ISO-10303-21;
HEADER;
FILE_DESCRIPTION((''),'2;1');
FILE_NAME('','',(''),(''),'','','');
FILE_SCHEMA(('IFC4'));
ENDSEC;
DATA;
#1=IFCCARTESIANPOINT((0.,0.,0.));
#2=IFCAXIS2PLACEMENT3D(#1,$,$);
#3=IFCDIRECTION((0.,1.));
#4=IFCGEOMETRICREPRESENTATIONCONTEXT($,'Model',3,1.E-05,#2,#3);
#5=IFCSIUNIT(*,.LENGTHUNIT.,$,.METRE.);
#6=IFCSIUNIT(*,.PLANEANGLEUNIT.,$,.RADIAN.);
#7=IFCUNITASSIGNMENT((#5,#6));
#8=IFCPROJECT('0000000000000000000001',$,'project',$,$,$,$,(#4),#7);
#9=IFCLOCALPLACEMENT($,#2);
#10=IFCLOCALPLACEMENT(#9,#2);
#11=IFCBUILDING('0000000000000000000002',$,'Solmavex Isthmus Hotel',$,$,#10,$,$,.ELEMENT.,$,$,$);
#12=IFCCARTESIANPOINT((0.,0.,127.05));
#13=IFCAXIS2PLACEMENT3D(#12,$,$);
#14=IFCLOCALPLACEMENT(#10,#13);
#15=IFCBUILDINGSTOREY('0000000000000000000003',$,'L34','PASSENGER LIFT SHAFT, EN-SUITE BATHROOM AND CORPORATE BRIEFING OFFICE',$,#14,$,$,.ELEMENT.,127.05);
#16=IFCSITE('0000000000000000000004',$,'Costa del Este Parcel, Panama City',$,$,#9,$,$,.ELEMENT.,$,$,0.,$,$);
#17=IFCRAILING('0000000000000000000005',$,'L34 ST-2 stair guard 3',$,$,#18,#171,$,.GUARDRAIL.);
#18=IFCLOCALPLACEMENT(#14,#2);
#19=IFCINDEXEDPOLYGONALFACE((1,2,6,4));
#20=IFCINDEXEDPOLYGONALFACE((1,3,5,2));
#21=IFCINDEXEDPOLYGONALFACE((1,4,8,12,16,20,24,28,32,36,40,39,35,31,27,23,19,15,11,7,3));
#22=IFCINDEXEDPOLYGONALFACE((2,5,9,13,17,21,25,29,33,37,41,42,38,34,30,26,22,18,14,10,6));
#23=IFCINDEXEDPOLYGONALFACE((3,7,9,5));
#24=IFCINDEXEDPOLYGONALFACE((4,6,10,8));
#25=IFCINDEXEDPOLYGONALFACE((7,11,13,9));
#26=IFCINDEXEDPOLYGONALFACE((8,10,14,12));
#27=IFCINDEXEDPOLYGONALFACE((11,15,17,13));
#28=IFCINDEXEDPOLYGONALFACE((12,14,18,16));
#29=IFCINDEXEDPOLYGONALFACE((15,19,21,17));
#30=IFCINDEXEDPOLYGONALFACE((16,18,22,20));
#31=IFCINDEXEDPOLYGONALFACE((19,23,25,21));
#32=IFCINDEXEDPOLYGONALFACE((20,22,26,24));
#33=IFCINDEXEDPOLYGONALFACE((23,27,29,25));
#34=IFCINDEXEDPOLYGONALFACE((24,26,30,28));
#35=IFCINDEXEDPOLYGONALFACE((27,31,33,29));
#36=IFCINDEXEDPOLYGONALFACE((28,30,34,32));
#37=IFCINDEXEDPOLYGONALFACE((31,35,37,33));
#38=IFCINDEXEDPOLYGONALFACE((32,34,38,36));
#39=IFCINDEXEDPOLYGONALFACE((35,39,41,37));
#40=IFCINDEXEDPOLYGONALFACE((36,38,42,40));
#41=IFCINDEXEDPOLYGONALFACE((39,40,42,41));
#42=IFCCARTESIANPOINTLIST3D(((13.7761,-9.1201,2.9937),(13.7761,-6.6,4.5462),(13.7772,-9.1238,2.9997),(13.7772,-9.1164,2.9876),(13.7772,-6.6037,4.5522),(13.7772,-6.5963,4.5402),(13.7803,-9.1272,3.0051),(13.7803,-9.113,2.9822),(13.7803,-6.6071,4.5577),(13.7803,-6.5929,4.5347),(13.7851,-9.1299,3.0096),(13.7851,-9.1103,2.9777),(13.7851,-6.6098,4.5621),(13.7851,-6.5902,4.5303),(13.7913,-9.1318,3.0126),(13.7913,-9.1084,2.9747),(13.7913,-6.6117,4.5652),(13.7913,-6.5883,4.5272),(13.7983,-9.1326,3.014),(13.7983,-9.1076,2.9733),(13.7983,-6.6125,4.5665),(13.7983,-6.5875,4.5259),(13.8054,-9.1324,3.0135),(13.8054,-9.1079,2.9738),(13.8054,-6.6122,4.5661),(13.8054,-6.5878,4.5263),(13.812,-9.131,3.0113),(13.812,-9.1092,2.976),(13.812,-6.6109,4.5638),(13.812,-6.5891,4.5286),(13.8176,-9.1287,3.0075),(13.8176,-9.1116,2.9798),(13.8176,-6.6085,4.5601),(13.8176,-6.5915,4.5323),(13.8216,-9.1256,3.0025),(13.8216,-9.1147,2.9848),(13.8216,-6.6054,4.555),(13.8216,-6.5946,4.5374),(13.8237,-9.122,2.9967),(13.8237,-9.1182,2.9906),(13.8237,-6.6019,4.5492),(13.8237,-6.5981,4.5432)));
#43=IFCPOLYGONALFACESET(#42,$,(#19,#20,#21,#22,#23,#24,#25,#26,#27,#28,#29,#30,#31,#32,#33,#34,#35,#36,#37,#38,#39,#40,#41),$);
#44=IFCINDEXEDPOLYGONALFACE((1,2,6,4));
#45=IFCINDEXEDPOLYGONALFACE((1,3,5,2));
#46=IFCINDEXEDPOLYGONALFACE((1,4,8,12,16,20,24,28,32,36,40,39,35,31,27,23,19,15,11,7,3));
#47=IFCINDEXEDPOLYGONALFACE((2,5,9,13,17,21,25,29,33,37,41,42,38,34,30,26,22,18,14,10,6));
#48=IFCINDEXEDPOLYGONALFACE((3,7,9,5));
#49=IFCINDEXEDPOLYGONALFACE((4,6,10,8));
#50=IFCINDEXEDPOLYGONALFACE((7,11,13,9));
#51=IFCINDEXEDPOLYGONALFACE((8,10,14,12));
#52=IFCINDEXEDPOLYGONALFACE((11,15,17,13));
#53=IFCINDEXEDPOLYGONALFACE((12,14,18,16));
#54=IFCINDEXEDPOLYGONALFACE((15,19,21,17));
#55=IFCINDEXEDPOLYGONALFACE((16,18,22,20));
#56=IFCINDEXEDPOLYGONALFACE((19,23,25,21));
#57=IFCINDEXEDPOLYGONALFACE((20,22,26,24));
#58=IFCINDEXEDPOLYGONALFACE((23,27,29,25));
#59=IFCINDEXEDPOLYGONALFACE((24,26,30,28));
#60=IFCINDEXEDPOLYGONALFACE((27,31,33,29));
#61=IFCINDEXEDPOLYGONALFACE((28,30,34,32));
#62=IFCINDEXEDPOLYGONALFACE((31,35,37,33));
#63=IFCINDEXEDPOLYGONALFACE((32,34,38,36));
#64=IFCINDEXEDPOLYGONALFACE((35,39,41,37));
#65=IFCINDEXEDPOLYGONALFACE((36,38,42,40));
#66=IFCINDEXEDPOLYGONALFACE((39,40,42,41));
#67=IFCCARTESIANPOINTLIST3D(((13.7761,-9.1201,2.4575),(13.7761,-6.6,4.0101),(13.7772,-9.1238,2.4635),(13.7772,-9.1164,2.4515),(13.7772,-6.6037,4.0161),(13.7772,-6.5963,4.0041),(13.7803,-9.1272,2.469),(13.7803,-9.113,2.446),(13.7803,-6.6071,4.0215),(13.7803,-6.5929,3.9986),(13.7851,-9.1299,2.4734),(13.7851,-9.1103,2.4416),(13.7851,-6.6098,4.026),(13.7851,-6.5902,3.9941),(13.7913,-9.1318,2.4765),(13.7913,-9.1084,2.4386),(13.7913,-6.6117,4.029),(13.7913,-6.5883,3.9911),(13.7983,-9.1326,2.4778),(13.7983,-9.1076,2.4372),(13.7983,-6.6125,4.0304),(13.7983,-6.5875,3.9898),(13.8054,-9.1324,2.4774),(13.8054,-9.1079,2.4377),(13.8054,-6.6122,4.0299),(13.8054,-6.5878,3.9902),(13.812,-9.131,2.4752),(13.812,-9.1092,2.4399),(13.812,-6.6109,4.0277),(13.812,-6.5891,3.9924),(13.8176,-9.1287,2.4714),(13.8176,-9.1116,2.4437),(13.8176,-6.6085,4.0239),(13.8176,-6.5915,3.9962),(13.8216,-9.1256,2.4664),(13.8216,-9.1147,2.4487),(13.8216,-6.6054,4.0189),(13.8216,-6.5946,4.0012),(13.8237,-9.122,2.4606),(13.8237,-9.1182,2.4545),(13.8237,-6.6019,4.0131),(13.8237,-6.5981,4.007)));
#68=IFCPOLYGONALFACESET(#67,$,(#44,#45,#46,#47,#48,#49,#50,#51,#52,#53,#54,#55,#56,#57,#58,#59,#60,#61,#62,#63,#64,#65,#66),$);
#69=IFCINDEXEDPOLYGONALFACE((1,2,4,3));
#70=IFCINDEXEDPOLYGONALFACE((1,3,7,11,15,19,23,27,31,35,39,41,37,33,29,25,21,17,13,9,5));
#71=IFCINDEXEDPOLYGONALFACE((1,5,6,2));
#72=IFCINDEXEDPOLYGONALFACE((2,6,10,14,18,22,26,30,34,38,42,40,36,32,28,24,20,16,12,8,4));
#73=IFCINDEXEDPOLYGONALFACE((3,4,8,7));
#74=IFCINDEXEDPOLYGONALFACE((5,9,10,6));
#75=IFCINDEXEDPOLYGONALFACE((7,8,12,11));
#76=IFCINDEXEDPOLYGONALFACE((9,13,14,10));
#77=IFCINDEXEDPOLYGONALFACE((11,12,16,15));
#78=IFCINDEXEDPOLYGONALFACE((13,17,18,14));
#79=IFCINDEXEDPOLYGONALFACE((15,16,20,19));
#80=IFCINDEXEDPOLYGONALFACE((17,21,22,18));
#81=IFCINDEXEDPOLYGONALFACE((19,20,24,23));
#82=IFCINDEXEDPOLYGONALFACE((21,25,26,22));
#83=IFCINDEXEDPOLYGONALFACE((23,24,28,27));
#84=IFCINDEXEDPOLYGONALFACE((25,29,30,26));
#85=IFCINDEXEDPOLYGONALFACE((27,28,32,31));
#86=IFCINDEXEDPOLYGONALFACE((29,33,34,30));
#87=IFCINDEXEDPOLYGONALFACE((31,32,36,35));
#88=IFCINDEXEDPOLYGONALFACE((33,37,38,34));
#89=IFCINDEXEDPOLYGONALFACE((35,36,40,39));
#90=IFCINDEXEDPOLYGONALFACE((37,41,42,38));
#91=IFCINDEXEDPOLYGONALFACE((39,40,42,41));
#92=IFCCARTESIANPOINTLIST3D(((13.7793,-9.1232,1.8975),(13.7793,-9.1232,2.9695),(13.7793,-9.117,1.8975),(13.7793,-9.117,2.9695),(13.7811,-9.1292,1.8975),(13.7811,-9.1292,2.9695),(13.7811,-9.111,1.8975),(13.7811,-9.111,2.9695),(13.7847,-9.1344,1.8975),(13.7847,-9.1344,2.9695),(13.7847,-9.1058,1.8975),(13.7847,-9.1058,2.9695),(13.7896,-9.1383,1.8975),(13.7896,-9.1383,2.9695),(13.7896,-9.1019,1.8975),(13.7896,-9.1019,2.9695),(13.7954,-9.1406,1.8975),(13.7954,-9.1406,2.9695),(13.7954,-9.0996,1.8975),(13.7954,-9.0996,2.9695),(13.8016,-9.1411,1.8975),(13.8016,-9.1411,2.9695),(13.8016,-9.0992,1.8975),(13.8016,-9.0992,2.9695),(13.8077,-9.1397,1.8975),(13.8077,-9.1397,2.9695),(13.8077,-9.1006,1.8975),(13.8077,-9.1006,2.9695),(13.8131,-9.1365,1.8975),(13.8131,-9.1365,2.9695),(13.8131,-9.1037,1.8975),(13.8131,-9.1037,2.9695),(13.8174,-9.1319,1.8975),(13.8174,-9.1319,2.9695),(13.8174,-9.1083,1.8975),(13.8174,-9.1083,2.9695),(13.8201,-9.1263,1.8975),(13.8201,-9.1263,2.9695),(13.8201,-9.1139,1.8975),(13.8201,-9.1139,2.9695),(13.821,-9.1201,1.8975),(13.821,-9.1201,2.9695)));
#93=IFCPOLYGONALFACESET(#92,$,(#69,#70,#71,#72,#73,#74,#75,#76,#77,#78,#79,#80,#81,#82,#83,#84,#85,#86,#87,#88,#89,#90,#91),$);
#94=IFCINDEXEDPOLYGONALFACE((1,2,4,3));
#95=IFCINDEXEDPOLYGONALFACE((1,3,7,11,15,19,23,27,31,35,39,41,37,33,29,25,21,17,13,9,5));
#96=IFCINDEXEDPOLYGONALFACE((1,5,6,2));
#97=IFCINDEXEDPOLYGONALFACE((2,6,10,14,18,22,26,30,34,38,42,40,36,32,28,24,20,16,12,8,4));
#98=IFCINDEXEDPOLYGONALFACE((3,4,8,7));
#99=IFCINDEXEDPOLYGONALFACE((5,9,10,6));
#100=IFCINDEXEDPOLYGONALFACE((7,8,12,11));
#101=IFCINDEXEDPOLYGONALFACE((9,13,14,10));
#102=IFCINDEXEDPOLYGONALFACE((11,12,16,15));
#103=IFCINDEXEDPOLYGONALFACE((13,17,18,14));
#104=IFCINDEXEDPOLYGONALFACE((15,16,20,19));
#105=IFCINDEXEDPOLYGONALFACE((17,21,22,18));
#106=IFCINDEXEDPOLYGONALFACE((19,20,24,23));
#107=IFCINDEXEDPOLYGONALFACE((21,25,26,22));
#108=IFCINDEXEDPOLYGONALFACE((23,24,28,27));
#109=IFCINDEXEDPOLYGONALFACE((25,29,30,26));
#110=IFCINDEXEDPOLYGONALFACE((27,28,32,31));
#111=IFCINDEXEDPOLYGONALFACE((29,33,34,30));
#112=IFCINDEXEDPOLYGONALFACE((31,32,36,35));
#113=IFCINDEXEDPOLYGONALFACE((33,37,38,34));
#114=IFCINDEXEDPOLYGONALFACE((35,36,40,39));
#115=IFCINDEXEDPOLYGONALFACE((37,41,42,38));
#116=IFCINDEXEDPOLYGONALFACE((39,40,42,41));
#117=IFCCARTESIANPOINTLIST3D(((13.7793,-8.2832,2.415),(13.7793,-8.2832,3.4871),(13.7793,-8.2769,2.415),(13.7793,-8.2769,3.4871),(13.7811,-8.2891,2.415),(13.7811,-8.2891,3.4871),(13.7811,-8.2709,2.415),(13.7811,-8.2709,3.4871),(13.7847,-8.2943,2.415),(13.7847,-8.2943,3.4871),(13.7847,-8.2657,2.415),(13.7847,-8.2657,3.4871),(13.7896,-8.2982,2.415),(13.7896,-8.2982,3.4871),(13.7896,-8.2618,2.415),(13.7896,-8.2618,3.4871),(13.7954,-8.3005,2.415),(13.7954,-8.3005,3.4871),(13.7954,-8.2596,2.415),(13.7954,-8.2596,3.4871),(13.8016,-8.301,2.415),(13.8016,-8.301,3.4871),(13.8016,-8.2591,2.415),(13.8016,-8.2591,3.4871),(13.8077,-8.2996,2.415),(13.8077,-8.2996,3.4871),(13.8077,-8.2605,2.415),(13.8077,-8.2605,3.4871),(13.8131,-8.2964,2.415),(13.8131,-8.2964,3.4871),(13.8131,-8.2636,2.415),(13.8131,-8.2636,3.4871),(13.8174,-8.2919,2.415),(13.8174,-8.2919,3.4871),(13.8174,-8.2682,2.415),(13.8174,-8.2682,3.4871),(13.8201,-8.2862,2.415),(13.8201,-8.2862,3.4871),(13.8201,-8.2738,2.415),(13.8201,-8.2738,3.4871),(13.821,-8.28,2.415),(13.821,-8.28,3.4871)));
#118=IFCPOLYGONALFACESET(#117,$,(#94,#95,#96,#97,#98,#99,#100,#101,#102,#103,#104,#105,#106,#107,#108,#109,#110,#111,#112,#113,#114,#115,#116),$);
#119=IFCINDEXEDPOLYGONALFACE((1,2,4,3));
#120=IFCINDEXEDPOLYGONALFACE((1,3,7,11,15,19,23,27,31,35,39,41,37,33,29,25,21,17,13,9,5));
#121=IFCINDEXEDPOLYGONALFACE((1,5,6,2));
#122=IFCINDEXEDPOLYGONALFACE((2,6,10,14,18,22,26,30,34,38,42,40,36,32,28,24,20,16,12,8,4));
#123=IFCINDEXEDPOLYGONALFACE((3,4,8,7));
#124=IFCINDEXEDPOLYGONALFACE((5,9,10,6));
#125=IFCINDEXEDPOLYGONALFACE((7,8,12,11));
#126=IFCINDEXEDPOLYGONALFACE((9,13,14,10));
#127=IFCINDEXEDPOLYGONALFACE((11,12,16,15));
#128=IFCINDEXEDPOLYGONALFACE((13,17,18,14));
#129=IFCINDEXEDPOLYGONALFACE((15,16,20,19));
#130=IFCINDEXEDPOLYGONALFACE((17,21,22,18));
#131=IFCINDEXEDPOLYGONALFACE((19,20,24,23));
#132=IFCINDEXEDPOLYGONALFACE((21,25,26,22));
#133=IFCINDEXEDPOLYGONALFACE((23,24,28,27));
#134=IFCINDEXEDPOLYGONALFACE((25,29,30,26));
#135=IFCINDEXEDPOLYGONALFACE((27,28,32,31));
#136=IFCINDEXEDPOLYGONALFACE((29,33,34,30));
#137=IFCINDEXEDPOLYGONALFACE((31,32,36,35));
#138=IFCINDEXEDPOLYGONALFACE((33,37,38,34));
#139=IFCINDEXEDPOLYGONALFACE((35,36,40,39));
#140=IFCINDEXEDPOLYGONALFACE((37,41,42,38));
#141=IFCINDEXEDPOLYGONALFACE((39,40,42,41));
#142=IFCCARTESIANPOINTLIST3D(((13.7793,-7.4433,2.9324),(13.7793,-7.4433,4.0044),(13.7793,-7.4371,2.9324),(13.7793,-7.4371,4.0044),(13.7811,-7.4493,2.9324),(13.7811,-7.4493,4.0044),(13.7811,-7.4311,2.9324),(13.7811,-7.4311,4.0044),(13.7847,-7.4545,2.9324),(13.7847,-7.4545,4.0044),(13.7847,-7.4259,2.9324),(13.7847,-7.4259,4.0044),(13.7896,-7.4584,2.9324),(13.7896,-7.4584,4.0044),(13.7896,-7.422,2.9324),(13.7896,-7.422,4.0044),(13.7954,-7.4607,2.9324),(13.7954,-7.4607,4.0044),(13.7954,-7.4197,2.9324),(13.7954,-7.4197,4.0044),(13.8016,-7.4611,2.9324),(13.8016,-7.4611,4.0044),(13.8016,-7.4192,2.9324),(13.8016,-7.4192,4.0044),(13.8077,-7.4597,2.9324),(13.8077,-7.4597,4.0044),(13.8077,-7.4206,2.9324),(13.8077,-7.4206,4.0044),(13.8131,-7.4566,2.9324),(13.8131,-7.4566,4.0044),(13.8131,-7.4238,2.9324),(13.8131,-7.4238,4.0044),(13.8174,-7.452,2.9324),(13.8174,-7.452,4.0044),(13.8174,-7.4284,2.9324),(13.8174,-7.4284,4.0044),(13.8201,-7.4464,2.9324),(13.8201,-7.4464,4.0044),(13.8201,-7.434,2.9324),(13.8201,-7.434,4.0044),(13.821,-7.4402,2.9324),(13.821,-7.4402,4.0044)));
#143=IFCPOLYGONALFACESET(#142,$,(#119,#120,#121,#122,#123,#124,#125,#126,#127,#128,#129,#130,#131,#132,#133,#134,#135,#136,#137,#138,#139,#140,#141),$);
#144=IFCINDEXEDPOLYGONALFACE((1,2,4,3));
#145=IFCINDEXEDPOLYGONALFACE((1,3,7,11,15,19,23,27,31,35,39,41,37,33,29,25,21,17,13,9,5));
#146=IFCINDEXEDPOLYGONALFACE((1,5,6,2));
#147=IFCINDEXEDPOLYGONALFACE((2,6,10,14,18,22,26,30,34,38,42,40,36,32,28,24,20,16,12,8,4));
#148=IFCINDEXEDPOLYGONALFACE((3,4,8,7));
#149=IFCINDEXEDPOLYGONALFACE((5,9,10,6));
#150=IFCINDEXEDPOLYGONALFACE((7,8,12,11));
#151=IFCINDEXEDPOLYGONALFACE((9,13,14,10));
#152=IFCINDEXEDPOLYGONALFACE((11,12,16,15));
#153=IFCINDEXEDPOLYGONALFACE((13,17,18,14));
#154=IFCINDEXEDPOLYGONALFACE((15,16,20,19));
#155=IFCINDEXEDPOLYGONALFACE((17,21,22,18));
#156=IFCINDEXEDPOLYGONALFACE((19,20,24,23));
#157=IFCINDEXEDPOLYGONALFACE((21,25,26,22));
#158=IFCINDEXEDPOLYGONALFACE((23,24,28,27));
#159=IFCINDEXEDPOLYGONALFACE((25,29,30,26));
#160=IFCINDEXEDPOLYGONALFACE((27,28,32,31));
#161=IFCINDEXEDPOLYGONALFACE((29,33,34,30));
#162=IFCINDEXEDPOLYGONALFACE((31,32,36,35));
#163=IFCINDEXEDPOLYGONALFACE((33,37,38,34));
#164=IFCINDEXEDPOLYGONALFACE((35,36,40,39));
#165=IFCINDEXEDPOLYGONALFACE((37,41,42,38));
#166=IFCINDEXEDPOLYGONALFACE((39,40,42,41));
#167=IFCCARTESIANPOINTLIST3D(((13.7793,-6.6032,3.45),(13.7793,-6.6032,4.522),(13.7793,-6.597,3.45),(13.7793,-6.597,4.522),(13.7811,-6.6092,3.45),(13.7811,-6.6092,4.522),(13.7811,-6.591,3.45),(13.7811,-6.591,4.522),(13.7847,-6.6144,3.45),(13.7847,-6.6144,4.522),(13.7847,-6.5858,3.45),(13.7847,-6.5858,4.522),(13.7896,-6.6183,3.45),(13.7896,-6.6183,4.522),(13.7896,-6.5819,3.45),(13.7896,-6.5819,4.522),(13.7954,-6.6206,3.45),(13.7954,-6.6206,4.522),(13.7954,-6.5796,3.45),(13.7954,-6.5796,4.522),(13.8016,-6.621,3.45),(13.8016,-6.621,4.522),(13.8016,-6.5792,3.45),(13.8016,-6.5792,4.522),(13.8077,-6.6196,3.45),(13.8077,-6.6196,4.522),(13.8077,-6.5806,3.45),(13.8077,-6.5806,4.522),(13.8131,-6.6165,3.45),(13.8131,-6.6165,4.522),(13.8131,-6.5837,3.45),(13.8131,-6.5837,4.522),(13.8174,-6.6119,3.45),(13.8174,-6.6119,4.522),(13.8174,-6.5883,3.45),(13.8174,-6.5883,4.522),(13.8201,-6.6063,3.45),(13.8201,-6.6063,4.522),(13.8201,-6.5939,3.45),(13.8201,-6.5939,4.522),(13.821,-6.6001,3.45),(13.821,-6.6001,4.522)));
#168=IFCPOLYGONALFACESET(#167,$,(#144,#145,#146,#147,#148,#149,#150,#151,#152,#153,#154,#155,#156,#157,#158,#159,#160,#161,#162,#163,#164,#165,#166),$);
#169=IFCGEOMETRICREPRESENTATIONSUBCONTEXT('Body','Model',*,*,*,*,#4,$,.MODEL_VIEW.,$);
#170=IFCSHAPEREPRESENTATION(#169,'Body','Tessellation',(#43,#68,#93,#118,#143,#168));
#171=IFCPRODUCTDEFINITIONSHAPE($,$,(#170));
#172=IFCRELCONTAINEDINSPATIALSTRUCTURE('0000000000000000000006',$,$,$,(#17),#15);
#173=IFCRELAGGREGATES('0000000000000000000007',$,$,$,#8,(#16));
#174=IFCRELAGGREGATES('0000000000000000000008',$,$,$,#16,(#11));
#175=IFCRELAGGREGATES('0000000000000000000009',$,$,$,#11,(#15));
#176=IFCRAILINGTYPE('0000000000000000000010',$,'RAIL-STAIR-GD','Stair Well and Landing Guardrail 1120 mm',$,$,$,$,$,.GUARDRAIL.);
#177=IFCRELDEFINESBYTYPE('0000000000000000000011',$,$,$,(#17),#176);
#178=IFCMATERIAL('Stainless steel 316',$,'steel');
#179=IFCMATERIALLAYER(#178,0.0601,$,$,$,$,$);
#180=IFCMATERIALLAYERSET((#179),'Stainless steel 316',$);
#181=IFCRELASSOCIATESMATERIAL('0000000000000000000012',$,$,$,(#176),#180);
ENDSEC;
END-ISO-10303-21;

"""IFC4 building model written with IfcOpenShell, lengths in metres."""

from ifc_helpers import new_model, si_unit, direction, frame, origin, origin_2d, place, context, subcontext, project, spatial, circle, extrude, material, layer, layer_set, type_object, element, save


model = new_model("IFC4")

# Units and contexts
model_context = context("Model", 3, precision=1e-05, world=origin(), true_north=direction((0.0, 1.0)))
body_context = subcontext(model_context, "Body", "Model", "MODEL_VIEW")
ifc_project = project(units=[si_unit("LENGTHUNIT", "METRE"), si_unit("PLANEANGLEUNIT", "RADIAN")], contexts=[model_context])

# Site, building, storey
site_placement = place(None, origin())
site = spatial("IfcSite", under=ifc_project, at=site_placement, Name="Costa del Este Parcel, Panama City", CompositionType="ELEMENT", RefElevation=0.0)
building_placement = place(site_placement, origin())
building = spatial("IfcBuilding", under=site, at=building_placement, Name="Solmavex Isthmus Hotel", CompositionType="ELEMENT")
storey_placement = place(building_placement, frame((0.0, 0.0, 127.05)))
storey = spatial("IfcBuildingStorey", under=building, at=storey_placement, Name="L34", Description="PASSENGER LIFT SHAFT, EN-SUITE BATHROOM AND CORPORATE BRIEFING OFFICE", CompositionType="ELEMENT", Elevation=127.05)

# Shared definitions
ifc_material_1 = material(Name="Stainless steel 316", Category="steel")

# Railing
ifc_layer_1 = layer(ifc_material_1, 0.0601)
ifc_layer_set_1 = layer_set([ifc_layer_1], Name="Stainless steel 316")
railing_type_1 = type_object("IfcRailingType", Name="RAIL-STAIR-GD", Description="Stair Well and Landing Guardrail 1120 mm", PredefinedType="GUARDRAIL", material=ifc_layer_set_1)
railing_1_placement = place(storey_placement, frame((13.8, -9.1201, 1.8975)))
element("IfcRailing", 1, at=railing_1_placement, inside=storey, type_object=railing_type_1, Name="L34 ST-2 stair guard 3", PredefinedType="GUARDRAIL", context=body_context, shape_type="SweptSolid", body=[
    extrude(circle(Radius=0.0239, at=origin_2d()), frame((0.0, 0.0, 1.0962), z_axis=(0.0, 0.8514, 0.524516), x_axis=(-1.0, 0.0, 0.0)), (0.0, 0.0, 1.0), 2.96),
    extrude(circle(Radius=0.0239, at=origin_2d()), frame((0.0, 0.0, 0.5601), z_axis=(0.0, 0.8514, 0.524516), x_axis=(-1.0, 0.0, 0.0)), (0.0, 0.0, 1.0), 2.96),
    extrude(circle(Radius=0.021, at=origin_2d()), origin(), (0.0, 0.0, 1.0), 1.072),
    extrude(circle(Radius=0.021, at=origin_2d()), frame((0.0, 0.8401, 0.5176)), (0.0, 0.0, 1.0), 1.072),
    extrude(circle(Radius=0.021, at=origin_2d()), frame((0.0, 1.6799, 1.0349)), (0.0, 0.0, 1.0), 1.072),
    extrude(circle(Radius=0.021, at=origin_2d()), frame((0.0, 2.52, 1.5525)), (0.0, 0.0, 1.0), 1.072),
])

save(model, "model.ifc")
